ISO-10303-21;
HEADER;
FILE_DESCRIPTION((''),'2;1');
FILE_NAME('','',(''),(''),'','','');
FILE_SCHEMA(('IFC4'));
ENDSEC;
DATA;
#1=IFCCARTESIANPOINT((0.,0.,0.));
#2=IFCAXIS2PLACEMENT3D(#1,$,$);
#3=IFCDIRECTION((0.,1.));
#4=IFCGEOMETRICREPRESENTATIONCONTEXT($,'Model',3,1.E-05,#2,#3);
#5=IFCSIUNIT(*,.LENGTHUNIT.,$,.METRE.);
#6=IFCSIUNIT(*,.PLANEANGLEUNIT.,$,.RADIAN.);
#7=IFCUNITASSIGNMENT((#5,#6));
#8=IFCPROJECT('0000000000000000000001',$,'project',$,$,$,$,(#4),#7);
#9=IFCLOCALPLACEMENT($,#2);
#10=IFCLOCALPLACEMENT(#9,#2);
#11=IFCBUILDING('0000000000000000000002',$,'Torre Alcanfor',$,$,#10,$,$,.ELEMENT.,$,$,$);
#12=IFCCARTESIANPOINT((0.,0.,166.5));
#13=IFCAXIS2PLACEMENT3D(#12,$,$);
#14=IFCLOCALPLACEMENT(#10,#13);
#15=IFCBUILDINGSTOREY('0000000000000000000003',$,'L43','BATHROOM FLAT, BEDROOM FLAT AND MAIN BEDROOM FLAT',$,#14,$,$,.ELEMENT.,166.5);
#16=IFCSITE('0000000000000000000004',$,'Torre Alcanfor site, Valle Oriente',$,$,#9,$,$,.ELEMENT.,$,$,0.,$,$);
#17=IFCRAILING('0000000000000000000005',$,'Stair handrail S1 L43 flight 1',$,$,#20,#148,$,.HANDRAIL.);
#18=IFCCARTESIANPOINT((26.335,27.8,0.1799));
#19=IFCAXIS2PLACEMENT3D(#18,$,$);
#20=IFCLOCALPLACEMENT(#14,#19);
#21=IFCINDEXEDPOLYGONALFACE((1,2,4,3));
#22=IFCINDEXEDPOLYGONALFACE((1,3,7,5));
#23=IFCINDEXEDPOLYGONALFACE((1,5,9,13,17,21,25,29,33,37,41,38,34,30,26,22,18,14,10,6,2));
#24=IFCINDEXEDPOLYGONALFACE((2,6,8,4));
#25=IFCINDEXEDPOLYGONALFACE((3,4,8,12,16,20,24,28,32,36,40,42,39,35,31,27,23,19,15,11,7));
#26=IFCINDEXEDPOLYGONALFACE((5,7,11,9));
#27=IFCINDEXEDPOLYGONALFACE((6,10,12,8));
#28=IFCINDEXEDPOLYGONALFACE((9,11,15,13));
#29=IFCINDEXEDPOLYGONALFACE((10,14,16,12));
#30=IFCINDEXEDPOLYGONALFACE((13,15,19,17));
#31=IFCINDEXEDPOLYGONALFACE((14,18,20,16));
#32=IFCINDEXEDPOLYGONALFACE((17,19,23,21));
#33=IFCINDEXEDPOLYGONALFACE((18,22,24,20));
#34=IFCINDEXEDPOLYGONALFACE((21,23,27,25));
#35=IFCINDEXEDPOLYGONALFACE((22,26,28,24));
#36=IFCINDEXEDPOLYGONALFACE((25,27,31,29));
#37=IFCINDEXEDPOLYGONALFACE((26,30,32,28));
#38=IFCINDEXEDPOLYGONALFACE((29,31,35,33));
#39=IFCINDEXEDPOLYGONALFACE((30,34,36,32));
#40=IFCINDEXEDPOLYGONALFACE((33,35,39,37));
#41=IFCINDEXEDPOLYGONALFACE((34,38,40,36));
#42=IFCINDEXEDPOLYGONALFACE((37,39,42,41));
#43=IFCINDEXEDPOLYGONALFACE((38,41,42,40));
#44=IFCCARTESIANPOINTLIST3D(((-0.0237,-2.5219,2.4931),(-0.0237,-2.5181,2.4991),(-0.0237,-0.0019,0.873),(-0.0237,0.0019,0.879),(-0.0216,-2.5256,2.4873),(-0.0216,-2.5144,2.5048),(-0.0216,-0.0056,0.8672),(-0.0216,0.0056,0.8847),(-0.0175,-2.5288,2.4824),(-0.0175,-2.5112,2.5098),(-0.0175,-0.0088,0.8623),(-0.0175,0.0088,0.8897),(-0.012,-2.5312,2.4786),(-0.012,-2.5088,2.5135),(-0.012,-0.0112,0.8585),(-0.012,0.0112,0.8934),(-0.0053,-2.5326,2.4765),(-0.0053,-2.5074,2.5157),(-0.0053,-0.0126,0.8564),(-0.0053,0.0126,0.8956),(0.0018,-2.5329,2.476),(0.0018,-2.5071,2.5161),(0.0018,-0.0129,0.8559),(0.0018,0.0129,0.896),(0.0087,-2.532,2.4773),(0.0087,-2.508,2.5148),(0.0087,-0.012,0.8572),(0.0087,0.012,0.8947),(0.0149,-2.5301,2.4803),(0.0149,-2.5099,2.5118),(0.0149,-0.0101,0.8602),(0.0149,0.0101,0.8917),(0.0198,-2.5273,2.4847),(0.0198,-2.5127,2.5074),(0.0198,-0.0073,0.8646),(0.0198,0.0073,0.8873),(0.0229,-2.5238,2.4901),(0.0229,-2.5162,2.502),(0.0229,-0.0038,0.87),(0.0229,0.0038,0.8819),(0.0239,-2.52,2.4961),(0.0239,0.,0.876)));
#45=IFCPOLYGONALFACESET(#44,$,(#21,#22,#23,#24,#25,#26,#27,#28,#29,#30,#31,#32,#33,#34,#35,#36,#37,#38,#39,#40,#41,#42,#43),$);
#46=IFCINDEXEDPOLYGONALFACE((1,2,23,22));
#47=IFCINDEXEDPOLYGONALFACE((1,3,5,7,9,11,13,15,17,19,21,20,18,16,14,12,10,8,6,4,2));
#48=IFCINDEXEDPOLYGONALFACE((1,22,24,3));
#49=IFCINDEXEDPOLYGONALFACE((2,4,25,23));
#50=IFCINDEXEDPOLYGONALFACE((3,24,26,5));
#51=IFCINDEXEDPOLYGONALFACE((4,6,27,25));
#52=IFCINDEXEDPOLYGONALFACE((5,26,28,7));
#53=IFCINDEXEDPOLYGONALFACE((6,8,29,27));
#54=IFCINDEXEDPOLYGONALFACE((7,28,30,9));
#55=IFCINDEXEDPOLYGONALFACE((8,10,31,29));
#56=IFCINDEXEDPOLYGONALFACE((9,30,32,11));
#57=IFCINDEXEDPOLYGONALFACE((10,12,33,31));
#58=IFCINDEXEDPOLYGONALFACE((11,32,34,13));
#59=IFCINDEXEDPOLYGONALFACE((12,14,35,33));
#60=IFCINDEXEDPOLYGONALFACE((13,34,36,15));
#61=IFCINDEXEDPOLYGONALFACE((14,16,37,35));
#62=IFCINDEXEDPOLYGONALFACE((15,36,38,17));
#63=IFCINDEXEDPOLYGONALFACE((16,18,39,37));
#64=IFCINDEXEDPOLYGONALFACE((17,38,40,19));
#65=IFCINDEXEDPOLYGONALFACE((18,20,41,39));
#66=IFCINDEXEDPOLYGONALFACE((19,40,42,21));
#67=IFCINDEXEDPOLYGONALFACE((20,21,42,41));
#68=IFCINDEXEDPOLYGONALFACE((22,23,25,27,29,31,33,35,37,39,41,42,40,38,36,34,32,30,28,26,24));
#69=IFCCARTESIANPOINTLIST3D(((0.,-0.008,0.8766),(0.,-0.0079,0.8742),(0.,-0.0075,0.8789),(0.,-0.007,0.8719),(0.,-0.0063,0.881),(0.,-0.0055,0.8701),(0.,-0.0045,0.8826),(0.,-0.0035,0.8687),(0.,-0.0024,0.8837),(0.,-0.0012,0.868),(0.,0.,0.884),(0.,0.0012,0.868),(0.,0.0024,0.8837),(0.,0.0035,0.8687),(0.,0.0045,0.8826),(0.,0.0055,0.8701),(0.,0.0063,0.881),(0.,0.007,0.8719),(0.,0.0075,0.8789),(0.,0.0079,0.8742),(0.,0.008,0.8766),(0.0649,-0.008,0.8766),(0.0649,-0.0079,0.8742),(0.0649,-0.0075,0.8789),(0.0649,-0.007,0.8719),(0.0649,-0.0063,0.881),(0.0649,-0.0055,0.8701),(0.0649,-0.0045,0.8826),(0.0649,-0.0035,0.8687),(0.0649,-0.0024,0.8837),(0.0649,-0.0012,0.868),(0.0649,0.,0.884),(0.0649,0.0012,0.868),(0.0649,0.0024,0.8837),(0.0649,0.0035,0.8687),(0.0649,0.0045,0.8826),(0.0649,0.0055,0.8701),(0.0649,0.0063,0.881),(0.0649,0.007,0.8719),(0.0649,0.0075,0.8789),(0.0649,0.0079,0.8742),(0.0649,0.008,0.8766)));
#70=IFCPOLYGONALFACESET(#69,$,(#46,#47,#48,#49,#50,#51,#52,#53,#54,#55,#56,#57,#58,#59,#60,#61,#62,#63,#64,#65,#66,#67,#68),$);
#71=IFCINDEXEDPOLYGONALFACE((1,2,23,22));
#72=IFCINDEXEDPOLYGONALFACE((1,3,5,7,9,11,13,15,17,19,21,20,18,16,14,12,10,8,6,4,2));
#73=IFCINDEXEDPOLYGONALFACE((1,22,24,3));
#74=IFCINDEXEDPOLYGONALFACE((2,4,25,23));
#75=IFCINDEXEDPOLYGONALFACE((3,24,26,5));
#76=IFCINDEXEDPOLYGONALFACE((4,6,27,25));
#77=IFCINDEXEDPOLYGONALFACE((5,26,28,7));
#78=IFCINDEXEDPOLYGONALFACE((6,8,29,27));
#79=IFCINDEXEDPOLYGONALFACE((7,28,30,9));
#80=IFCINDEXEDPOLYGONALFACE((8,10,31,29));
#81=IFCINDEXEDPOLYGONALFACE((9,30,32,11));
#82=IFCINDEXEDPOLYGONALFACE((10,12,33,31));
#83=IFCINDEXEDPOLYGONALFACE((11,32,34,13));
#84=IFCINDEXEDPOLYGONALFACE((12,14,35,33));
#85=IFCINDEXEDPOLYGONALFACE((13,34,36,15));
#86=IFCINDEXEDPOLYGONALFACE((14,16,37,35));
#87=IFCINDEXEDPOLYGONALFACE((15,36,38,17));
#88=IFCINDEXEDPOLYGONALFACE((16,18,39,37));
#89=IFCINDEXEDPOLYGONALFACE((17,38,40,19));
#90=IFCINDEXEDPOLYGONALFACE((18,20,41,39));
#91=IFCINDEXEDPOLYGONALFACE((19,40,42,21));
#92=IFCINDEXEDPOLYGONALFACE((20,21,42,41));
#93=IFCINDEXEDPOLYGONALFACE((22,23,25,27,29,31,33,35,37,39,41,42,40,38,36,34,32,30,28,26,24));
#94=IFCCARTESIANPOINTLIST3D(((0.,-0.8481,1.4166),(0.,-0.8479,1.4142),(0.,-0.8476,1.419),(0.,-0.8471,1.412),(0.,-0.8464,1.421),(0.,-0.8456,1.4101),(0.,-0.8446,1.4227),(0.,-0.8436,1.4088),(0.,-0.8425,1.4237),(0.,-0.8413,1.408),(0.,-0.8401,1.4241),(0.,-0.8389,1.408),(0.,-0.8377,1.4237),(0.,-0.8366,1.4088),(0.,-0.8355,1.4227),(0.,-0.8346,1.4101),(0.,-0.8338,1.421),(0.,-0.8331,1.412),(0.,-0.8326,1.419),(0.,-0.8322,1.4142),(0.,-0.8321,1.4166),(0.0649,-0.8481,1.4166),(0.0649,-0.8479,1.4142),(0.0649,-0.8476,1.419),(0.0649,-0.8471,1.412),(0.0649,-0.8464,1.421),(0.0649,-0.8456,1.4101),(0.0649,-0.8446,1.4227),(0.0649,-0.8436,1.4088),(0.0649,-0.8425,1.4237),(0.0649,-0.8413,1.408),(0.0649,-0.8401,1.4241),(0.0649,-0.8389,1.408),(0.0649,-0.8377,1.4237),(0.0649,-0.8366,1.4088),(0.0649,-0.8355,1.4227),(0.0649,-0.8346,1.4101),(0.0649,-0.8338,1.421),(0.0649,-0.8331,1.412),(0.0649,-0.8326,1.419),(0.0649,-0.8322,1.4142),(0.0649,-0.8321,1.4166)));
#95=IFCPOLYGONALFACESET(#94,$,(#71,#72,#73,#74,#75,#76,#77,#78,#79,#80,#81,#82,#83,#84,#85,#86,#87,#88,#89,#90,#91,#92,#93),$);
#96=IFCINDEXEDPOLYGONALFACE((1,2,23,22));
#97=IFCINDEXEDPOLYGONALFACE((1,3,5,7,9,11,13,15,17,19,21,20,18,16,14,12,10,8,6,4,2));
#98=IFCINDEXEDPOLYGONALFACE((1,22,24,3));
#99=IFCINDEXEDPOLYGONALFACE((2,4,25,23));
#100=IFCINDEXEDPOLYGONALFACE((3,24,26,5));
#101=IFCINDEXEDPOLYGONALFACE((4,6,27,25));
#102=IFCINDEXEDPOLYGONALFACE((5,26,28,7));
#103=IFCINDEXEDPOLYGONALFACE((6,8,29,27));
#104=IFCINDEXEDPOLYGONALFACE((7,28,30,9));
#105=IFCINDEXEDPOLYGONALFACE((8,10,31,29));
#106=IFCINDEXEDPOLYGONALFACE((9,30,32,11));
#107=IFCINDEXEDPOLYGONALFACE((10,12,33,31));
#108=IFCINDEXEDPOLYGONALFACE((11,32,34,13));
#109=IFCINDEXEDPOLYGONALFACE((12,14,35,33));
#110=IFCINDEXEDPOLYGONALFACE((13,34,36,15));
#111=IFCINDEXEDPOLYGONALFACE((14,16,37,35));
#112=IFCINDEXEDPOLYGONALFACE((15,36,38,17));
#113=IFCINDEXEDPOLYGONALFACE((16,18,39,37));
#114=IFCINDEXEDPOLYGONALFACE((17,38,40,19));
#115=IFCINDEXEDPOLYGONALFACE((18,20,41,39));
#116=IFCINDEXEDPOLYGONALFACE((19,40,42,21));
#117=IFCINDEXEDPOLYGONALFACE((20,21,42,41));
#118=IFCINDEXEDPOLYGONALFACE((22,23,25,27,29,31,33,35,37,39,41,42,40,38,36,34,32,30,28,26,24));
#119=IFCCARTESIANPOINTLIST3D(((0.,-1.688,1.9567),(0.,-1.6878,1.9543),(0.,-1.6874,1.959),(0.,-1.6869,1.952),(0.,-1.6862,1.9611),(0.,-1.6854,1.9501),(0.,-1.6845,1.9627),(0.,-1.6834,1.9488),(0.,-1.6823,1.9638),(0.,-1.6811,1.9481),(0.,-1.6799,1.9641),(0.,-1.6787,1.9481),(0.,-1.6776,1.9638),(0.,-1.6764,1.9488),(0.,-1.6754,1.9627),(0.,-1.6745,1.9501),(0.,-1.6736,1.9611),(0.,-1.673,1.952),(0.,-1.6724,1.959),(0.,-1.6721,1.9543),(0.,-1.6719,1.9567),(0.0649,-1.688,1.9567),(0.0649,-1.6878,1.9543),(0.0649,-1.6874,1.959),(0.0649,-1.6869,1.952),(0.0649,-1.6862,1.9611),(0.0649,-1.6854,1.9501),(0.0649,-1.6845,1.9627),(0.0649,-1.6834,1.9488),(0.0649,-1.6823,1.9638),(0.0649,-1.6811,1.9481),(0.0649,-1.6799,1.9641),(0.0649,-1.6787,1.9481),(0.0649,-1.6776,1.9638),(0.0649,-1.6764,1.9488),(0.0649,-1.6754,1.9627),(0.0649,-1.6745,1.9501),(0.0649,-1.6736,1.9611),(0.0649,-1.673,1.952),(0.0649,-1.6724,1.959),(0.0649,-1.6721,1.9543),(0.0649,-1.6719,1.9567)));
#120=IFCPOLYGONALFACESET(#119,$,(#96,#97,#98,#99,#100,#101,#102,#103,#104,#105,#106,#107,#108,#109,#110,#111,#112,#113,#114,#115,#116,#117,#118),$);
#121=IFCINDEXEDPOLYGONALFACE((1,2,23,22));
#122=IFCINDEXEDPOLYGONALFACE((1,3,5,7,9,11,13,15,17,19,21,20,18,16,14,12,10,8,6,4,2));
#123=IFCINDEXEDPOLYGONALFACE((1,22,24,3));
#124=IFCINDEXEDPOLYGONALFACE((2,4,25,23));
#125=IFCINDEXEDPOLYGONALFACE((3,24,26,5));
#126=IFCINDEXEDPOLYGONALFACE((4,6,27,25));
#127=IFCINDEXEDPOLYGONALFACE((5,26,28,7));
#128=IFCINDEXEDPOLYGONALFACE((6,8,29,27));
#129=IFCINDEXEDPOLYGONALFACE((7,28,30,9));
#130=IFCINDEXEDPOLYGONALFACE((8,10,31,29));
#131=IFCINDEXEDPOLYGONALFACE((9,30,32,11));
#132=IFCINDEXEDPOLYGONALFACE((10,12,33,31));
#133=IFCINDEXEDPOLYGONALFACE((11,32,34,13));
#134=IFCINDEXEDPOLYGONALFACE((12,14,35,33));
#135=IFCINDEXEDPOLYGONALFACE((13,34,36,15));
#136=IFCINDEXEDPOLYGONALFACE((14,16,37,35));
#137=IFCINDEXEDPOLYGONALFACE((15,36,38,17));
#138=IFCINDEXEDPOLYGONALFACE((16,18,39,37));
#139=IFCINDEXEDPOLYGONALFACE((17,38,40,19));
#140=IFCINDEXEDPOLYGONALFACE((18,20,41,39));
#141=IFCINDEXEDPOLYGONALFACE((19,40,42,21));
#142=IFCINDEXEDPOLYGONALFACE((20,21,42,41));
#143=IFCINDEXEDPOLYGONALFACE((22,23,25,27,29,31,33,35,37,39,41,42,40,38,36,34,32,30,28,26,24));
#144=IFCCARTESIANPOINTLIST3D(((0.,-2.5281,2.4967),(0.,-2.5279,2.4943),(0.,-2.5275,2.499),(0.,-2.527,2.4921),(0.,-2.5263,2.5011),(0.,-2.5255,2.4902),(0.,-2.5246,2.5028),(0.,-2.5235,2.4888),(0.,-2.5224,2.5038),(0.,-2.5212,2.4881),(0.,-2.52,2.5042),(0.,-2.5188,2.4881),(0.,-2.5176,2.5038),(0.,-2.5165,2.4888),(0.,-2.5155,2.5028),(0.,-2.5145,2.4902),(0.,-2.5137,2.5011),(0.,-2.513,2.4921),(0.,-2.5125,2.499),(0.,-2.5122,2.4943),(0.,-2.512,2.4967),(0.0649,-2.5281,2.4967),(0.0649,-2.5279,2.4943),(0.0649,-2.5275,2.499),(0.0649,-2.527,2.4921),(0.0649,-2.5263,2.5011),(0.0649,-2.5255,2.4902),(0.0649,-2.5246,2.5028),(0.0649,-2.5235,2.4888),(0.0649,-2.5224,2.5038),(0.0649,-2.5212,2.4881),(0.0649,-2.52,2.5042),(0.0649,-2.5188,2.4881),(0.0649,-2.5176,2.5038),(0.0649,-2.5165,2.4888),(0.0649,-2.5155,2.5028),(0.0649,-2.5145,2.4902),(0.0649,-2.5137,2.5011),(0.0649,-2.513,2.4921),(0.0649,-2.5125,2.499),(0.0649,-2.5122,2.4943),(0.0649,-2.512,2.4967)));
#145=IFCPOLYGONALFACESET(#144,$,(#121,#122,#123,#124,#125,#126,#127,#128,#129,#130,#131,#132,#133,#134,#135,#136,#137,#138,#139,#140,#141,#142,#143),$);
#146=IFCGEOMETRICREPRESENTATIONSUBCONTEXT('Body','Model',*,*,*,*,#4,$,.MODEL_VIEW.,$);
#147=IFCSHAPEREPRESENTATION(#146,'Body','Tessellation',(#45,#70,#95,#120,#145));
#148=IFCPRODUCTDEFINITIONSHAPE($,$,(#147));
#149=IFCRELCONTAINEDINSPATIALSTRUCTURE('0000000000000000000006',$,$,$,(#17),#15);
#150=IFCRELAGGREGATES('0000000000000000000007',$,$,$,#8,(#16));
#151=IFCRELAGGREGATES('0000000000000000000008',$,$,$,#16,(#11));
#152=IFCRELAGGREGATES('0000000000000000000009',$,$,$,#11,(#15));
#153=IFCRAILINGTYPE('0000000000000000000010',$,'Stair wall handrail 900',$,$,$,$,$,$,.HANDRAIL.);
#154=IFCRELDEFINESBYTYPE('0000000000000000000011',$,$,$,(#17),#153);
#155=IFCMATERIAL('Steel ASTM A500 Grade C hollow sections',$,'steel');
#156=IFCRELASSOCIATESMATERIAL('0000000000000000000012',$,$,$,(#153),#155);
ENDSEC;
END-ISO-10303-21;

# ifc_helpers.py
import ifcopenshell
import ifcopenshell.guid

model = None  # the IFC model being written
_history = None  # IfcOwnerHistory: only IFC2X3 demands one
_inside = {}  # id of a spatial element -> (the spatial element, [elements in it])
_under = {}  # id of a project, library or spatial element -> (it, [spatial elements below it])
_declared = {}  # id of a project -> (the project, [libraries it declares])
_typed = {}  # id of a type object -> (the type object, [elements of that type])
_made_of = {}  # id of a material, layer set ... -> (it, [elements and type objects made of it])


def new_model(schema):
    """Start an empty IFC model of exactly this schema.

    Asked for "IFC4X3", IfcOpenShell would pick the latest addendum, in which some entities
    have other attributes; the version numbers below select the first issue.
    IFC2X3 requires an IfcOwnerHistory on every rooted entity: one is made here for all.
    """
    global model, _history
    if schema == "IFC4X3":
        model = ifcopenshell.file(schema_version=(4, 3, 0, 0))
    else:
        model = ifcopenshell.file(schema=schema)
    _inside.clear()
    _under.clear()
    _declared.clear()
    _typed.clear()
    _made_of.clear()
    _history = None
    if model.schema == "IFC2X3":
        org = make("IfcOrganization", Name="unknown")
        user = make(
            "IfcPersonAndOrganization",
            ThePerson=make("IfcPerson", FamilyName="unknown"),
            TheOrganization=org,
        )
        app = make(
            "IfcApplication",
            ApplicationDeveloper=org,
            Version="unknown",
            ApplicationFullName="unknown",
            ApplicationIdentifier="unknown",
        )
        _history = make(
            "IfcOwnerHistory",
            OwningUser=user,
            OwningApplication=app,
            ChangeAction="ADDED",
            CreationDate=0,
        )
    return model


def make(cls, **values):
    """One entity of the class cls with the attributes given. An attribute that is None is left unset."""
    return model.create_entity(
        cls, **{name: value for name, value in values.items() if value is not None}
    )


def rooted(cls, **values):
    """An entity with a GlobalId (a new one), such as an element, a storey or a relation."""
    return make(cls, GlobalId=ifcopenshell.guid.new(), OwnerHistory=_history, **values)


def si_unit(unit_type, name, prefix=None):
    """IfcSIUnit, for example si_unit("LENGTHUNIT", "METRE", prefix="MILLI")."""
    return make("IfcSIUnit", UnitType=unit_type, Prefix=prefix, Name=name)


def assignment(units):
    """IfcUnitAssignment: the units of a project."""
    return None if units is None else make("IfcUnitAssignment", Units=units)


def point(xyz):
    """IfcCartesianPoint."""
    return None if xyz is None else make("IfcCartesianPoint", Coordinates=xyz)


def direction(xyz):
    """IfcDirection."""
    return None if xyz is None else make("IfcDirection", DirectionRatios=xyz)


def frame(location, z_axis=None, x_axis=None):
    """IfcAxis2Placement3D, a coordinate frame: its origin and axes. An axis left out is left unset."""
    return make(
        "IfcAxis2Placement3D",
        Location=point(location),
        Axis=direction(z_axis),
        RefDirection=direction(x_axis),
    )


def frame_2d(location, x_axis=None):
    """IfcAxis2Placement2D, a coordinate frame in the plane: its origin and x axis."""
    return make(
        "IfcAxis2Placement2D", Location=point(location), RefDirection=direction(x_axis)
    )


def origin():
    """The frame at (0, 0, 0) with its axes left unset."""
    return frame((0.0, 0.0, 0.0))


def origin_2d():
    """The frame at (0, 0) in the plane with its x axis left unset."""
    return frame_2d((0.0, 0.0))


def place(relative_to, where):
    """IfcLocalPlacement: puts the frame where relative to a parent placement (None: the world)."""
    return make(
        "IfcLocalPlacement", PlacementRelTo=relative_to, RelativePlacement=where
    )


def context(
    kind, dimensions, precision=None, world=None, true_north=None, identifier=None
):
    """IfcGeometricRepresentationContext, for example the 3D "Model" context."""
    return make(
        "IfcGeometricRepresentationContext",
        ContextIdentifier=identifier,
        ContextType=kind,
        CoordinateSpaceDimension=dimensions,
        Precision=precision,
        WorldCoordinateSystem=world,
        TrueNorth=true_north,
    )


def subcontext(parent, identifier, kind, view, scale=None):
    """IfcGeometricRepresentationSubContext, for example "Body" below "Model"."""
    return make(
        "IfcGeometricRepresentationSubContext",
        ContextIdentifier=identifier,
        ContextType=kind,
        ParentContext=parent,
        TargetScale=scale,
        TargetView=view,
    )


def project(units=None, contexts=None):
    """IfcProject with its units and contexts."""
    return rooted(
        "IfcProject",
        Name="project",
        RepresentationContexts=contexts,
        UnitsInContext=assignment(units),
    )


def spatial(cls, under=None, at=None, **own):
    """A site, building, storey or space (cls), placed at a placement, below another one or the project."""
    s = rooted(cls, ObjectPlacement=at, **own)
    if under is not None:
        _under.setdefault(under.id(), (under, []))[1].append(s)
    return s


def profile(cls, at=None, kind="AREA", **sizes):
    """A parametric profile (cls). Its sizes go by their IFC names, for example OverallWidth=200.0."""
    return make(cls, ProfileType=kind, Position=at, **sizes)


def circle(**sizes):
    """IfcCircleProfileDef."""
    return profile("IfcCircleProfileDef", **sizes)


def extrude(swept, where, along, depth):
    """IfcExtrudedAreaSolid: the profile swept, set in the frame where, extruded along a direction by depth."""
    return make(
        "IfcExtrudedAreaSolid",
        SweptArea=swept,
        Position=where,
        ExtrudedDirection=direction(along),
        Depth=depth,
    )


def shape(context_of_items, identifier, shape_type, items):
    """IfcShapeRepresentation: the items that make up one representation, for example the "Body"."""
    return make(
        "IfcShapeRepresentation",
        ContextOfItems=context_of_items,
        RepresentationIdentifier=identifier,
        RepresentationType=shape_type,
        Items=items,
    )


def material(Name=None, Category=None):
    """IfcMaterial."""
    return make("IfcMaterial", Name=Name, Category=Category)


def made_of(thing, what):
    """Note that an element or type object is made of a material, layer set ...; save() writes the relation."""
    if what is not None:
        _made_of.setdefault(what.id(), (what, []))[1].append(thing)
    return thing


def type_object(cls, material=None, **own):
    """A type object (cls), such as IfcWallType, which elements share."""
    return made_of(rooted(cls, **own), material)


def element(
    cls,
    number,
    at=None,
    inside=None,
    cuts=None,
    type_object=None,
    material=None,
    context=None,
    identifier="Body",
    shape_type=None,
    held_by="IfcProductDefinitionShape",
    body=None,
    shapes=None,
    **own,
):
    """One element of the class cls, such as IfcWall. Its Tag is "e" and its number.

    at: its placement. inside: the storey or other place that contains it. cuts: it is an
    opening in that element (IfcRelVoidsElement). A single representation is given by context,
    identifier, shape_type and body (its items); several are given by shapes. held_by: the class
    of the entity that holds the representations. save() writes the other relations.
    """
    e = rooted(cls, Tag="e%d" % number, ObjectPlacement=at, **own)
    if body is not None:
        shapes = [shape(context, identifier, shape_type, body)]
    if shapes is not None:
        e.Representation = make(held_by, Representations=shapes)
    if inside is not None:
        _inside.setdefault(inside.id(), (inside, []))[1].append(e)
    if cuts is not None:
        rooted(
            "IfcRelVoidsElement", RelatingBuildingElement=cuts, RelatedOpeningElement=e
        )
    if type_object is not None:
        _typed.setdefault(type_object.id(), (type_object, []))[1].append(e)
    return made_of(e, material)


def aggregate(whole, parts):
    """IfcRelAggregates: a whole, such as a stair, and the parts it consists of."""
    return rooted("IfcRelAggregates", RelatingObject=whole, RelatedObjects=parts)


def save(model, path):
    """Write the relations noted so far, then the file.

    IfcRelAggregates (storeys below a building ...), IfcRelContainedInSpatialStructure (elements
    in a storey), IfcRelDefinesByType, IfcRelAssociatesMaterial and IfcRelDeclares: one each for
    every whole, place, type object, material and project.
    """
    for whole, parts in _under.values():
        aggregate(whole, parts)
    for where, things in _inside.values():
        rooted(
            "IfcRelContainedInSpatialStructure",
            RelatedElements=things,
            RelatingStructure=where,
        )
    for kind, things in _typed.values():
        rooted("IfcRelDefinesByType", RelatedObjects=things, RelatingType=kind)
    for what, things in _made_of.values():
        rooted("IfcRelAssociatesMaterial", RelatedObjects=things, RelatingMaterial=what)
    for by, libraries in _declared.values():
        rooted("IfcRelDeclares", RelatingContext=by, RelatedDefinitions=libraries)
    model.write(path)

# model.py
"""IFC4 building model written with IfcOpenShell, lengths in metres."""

from ifc_helpers import new_model, si_unit, direction, frame, origin, origin_2d, place, context, subcontext, project, spatial, circle, extrude, material, type_object, element, save


model = new_model("IFC4")

# Units and contexts
model_context = context("Model", 3, precision=1e-05, world=origin(), true_north=direction((0.0, 1.0)))
body_context = subcontext(model_context, "Body", "Model", "MODEL_VIEW")
ifc_project = project(units=[si_unit("LENGTHUNIT", "METRE"), si_unit("PLANEANGLEUNIT", "RADIAN")], contexts=[model_context])

# Site, building, storey
site_placement = place(None, origin())
site = spatial("IfcSite", under=ifc_project, at=site_placement, Name="Torre Alcanfor site, Valle Oriente", CompositionType="ELEMENT", RefElevation=0.0)
building_placement = place(site_placement, origin())
building = spatial("IfcBuilding", under=site, at=building_placement, Name="Torre Alcanfor", CompositionType="ELEMENT")
storey_placement = place(building_placement, frame((0.0, 0.0, 166.5)))
storey = spatial("IfcBuildingStorey", under=building, at=storey_placement, Name="L43", Description="BATHROOM FLAT, BEDROOM FLAT AND MAIN BEDROOM FLAT", CompositionType="ELEMENT", Elevation=166.5)

# Railing
ifc_material_1 = material(Name="Steel ASTM A500 Grade C hollow sections", Category="steel")
railing_type_1 = type_object("IfcRailingType", Name="Stair wall handrail 900", PredefinedType="HANDRAIL", material=ifc_material_1)
railing_1_placement = place(storey_placement, frame((26.335, 27.8, 0.1799)))
element("IfcRailing", 1, at=railing_1_placement, inside=storey, type_object=railing_type_1, Name="Stair handrail S1 L43 flight 1", PredefinedType="HANDRAIL", context=body_context, shape_type="SweptSolid", body=[
    extrude(circle(Radius=0.0239, at=origin_2d()), frame((0.0, 0.0, 0.876), z_axis=(0.0, -0.841163, 0.540782), x_axis=(1.0, 0.0, 0.0)), (0.0, 0.0, 1.0), 2.9958),
    extrude(circle(Radius=0.0081, at=origin_2d()), frame((0.0, 0.0, 0.876), z_axis=(1.0, 0.0, 0.0), x_axis=(0.0, 0.0, 1.0)), (0.0, 0.0, 1.0), 0.0649),
    extrude(circle(Radius=0.0081, at=origin_2d()), frame((0.0, -0.8401, 1.416), z_axis=(1.0, 0.0, 0.0), x_axis=(0.0, 0.0, 1.0)), (0.0, 0.0, 1.0), 0.0649),
    extrude(circle(Radius=0.0081, at=origin_2d()), frame((0.0, -1.6799, 1.9561), z_axis=(1.0, 0.0, 0.0), x_axis=(0.0, 0.0, 1.0)), (0.0, 0.0, 1.0), 0.0649),
    extrude(circle(Radius=0.0081, at=origin_2d()), frame((0.0, -2.52, 2.4961), z_axis=(1.0, 0.0, 0.0), x_axis=(0.0, 0.0, 1.0)), (0.0, 0.0, 1.0), 0.0649),
])

save(model, "model.ifc")
